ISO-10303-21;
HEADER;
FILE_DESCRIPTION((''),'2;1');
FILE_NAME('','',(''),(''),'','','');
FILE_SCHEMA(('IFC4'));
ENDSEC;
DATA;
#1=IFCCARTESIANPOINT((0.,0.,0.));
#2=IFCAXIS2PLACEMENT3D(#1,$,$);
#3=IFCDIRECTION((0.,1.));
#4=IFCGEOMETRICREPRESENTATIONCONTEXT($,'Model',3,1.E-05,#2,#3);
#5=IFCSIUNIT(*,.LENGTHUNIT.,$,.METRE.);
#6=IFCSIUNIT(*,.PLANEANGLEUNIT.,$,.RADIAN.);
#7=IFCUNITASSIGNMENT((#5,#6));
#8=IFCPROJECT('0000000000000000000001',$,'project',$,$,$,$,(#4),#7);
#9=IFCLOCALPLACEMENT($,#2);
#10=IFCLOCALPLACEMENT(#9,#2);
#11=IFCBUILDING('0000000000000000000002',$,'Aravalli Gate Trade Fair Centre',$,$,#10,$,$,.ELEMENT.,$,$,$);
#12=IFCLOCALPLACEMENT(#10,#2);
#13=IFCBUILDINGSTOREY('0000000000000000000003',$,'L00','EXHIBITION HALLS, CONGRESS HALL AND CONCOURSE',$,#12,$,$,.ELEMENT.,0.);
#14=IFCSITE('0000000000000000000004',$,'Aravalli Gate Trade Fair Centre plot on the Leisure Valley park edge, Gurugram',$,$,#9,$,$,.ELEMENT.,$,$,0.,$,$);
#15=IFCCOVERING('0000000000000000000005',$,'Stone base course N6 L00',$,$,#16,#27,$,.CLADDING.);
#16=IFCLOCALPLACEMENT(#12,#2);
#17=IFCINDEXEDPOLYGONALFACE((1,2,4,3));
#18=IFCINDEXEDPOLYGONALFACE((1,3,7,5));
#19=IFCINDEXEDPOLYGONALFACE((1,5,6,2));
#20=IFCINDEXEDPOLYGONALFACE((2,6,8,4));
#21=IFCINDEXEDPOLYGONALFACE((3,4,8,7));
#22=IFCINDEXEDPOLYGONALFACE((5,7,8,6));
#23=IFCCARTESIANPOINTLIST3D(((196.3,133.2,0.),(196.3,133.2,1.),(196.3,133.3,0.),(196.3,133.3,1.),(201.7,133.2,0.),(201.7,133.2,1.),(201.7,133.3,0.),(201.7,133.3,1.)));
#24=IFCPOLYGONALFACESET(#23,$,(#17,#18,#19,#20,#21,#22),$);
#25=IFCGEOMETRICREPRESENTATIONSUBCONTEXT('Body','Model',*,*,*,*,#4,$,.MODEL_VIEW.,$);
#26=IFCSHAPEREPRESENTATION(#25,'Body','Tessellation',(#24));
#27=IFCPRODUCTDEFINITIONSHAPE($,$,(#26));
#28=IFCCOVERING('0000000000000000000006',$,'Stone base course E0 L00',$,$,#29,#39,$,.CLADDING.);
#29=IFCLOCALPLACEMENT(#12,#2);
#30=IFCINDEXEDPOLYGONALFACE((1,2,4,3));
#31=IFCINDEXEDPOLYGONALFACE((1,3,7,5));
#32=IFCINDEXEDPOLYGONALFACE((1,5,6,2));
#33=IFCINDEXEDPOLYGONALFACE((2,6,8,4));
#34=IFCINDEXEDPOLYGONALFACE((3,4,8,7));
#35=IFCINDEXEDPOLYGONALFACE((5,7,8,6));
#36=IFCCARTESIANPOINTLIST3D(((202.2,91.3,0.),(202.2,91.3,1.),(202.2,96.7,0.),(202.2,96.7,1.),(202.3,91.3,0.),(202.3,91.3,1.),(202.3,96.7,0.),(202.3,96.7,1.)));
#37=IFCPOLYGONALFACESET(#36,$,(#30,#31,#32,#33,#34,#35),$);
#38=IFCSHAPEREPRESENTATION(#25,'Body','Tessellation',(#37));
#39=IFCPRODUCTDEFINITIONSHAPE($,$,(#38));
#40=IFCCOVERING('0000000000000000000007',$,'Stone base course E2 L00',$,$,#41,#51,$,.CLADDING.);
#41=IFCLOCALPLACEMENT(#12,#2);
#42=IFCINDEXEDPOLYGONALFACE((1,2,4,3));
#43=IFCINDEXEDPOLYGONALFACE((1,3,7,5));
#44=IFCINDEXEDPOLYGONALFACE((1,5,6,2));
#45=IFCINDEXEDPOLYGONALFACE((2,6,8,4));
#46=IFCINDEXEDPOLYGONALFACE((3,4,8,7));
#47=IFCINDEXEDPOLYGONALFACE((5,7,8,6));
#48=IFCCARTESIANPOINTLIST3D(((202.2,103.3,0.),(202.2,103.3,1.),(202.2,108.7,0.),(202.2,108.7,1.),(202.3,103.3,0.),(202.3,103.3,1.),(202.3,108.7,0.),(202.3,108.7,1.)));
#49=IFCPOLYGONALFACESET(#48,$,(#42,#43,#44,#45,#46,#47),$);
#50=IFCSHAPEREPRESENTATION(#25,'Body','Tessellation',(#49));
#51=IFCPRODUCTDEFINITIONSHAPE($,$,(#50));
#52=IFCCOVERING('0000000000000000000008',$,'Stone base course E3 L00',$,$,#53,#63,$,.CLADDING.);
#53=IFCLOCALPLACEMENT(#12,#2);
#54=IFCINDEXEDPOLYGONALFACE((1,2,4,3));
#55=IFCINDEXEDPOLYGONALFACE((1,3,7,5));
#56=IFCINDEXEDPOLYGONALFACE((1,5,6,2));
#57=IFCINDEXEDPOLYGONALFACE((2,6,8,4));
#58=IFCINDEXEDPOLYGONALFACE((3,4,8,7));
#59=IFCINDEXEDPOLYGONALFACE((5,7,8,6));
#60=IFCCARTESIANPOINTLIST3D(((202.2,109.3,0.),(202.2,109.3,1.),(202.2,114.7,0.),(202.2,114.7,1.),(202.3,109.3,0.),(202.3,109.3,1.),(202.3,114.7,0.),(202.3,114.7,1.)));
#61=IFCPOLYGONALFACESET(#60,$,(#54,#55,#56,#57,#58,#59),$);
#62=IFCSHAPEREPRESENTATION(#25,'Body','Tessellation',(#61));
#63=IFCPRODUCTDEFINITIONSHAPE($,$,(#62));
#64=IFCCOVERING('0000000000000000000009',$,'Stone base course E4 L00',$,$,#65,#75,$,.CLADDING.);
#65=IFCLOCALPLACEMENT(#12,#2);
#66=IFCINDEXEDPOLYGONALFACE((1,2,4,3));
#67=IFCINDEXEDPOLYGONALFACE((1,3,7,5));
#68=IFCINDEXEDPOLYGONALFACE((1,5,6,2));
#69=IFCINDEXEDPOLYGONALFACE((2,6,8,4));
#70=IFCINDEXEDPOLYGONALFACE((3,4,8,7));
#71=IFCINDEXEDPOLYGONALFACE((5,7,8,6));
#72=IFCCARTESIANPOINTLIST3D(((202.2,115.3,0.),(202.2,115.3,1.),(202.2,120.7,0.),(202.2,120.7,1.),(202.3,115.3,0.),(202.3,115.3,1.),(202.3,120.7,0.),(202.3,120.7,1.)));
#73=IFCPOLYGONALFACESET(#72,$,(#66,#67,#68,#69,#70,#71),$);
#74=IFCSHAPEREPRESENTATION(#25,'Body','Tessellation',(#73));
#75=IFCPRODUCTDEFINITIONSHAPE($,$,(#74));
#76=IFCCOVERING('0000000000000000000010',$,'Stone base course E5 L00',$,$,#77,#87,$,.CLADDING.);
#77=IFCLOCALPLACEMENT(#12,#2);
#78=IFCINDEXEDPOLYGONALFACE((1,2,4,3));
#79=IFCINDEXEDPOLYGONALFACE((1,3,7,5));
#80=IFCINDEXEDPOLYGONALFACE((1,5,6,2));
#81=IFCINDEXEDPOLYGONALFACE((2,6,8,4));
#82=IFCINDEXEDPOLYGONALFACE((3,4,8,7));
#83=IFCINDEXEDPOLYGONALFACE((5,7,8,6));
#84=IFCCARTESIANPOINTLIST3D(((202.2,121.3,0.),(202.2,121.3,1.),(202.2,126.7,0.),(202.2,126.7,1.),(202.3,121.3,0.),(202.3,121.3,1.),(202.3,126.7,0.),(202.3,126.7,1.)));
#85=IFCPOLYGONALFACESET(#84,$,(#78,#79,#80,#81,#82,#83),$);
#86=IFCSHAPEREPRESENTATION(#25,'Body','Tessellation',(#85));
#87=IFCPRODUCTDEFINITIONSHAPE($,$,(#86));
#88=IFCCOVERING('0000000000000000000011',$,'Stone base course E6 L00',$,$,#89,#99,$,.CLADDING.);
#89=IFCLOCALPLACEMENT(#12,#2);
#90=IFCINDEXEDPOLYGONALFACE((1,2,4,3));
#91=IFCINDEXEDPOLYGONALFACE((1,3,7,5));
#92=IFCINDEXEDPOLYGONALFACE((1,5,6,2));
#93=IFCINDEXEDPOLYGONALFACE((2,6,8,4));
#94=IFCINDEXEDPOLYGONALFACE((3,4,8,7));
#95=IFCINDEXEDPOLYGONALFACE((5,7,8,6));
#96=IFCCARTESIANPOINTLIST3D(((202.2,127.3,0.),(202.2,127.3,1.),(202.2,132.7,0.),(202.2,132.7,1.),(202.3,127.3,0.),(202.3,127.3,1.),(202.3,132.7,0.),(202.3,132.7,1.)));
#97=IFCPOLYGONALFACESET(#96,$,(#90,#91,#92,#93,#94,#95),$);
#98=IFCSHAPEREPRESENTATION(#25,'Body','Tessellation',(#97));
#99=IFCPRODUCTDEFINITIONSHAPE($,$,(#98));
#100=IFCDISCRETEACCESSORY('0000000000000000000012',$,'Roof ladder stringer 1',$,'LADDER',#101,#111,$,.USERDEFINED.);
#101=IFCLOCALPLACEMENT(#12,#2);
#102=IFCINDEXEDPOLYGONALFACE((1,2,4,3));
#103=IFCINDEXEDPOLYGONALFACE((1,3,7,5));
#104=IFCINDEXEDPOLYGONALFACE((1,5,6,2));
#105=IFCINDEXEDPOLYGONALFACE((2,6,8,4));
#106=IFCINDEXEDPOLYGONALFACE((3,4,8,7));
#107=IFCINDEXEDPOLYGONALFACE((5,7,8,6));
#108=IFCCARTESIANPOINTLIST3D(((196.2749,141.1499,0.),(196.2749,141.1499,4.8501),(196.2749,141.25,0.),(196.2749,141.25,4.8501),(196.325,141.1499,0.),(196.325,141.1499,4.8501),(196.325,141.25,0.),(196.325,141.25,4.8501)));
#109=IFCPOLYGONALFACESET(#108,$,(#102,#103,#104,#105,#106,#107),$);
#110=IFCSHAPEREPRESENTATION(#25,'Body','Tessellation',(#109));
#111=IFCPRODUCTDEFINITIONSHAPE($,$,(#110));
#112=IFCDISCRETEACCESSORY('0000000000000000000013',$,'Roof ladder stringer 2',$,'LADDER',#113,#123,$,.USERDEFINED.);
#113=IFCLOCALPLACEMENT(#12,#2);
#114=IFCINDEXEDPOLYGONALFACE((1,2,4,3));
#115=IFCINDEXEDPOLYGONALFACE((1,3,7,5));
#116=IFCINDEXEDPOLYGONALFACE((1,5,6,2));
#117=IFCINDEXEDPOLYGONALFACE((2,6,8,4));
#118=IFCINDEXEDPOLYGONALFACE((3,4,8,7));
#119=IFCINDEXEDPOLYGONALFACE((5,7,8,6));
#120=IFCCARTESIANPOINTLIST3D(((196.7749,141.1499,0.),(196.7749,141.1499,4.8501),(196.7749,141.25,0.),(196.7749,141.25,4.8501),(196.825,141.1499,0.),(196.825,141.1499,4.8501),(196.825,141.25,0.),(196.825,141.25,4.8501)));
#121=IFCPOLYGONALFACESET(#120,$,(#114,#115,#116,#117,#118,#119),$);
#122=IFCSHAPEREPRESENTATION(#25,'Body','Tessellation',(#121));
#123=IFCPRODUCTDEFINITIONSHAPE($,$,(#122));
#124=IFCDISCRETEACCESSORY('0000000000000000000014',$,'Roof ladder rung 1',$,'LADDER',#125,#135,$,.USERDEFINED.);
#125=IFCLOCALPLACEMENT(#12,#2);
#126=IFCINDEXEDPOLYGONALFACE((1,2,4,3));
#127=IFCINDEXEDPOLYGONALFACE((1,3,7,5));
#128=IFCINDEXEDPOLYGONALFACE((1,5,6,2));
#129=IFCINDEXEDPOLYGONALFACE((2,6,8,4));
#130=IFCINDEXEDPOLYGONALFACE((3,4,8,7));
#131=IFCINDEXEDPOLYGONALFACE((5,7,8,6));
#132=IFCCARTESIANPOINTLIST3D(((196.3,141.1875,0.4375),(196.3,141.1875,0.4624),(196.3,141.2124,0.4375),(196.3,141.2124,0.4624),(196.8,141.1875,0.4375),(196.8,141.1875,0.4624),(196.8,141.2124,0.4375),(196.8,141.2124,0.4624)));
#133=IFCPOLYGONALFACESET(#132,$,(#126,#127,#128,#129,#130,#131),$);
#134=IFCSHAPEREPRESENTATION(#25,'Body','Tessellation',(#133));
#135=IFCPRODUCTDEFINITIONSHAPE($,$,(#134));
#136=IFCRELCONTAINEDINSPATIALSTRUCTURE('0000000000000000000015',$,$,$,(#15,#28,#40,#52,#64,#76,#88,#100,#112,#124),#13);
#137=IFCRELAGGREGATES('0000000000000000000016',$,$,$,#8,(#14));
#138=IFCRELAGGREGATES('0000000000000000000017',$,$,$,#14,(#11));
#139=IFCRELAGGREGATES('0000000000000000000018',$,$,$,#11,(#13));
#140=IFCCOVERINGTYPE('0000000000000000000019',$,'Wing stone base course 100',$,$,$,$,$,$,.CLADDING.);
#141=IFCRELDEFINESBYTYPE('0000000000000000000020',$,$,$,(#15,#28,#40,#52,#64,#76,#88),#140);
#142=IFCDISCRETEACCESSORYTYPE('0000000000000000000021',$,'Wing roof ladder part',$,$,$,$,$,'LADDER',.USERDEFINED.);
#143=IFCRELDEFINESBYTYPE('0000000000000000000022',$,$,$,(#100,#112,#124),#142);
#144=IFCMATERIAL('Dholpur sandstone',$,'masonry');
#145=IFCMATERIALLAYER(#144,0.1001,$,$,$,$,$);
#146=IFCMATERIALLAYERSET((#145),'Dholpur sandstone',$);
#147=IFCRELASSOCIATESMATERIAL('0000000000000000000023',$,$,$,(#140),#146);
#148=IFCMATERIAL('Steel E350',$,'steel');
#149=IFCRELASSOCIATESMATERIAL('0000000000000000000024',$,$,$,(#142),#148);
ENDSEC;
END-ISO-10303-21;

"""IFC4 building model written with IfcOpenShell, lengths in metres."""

from ifc_helpers import new_model, si_unit, direction, frame, origin, place, context, subcontext, project, spatial, polyline, outline, extrude, material, layer, layer_set, type_object, element, save


model = new_model("IFC4")

# Units and contexts
model_context = context("Model", 3, precision=1e-05, world=origin(), true_north=direction((0.0, 1.0)))
body_context = subcontext(model_context, "Body", "Model", "MODEL_VIEW")
ifc_project = project(units=[si_unit("LENGTHUNIT", "METRE"), si_unit("PLANEANGLEUNIT", "RADIAN")], contexts=[model_context])

# Site, building, storey
site_placement = place(None, origin())
site = spatial("IfcSite", under=ifc_project, at=site_placement, Name="Aravalli Gate Trade Fair Centre plot on the Leisure Valley park edge, Gurugram", CompositionType="ELEMENT", RefElevation=0.0)
building_placement = place(site_placement, origin())
building = spatial("IfcBuilding", under=site, at=building_placement, Name="Aravalli Gate Trade Fair Centre", CompositionType="ELEMENT")
storey_placement = place(building_placement, origin())
storey = spatial("IfcBuildingStorey", under=building, at=storey_placement, Name="L00", Description="EXHIBITION HALLS, CONGRESS HALL AND CONCOURSE", CompositionType="ELEMENT", Elevation=0.0)

# Shared definitions
ifc_material_1 = material(Name="Steel E350", Category="steel")

# Coverings
ifc_material_2 = material(Name="Dholpur sandstone", Category="masonry")
ifc_layer_1 = layer(ifc_material_2, 0.1001)
ifc_layer_set_1 = layer_set([ifc_layer_1], Name="Dholpur sandstone")
covering_type_1 = type_object("IfcCoveringType", Name="Wing stone base course 100", PredefinedType="CLADDING", material=ifc_layer_set_1)
covering_1_placement = place(storey_placement, origin())
element("IfcCovering", 1, at=covering_1_placement, inside=storey, type_object=covering_type_1, Name="Stone base course N6 L00", PredefinedType="CLADDING", context=body_context, shape_type="SweptSolid", body=[
    extrude(outline(polyline([(196.3, 133.2), (201.7, 133.2), (201.7, 133.3), (196.3, 133.3), (196.3, 133.2)])), origin(), (0.0, 0.0, 1.0), 1.0),
])
covering_2_placement = place(storey_placement, origin())
element("IfcCovering", 2, at=covering_2_placement, inside=storey, type_object=covering_type_1, Name="Stone base course E0 L00", PredefinedType="CLADDING", context=body_context, shape_type="SweptSolid", body=[
    extrude(outline(polyline([(202.2, 91.3), (202.3, 91.3), (202.3, 96.7), (202.2, 96.7), (202.2, 91.3)])), origin(), (0.0, 0.0, 1.0), 1.0),
])
covering_3_placement = place(storey_placement, origin())
element("IfcCovering", 3, at=covering_3_placement, inside=storey, type_object=covering_type_1, Name="Stone base course E2 L00", PredefinedType="CLADDING", context=body_context, shape_type="SweptSolid", body=[
    extrude(outline(polyline([(202.2, 103.3), (202.3, 103.3), (202.3, 108.7), (202.2, 108.7), (202.2, 103.3)])), origin(), (0.0, 0.0, 1.0), 1.0),
])
covering_4_placement = place(storey_placement, origin())
element("IfcCovering", 4, at=covering_4_placement, inside=storey, type_object=covering_type_1, Name="Stone base course E3 L00", PredefinedType="CLADDING", context=body_context, shape_type="SweptSolid", body=[
    extrude(outline(polyline([(202.2, 109.3), (202.3, 109.3), (202.3, 114.7), (202.2, 114.7), (202.2, 109.3)])), origin(), (0.0, 0.0, 1.0), 1.0),
])
covering_5_placement = place(storey_placement, origin())
element("IfcCovering", 5, at=covering_5_placement, inside=storey, type_object=covering_type_1, Name="Stone base course E4 L00", PredefinedType="CLADDING", context=body_context, shape_type="SweptSolid", body=[
    extrude(outline(polyline([(202.2, 115.3), (202.3, 115.3), (202.3, 120.7), (202.2, 120.7), (202.2, 115.3)])), origin(), (0.0, 0.0, 1.0), 1.0),
])
covering_6_placement = place(storey_placement, origin())
element("IfcCovering", 6, at=covering_6_placement, inside=storey, type_object=covering_type_1, Name="Stone base course E5 L00", PredefinedType="CLADDING", context=body_context, shape_type="SweptSolid", body=[
    extrude(outline(polyline([(202.2, 121.3), (202.3, 121.3), (202.3, 126.7), (202.2, 126.7), (202.2, 121.3)])), origin(), (0.0, 0.0, 1.0), 1.0),
])
covering_7_placement = place(storey_placement, origin())
element("IfcCovering", 7, at=covering_7_placement, inside=storey, type_object=covering_type_1, Name="Stone base course E6 L00", PredefinedType="CLADDING", context=body_context, shape_type="SweptSolid", body=[
    extrude(outline(polyline([(202.2, 127.3), (202.3, 127.3), (202.3, 132.7), (202.2, 132.7), (202.2, 127.3)])), origin(), (0.0, 0.0, 1.0), 1.0),
])

# Discrete accessories
discrete_accessory_type = type_object("IfcDiscreteAccessoryType", Name="Wing roof ladder part", ElementType="LADDER", PredefinedType="USERDEFINED", material=ifc_material_1)
discrete_accessory_1_placement = place(storey_placement, origin())
element("IfcDiscreteAccessory", 8, at=discrete_accessory_1_placement, inside=storey, type_object=discrete_accessory_type, Name="Roof ladder stringer 1", ObjectType="LADDER", PredefinedType="USERDEFINED", context=body_context, shape_type="SweptSolid", body=[
    extrude(outline(polyline([(196.2749, 141.1499), (196.325, 141.1499), (196.325, 141.25), (196.2749, 141.25), (196.2749, 141.1499)])), origin(), (0.0, 0.0, 1.0), 4.8501),
])
discrete_accessory_2_placement = place(storey_placement, origin())
element("IfcDiscreteAccessory", 9, at=discrete_accessory_2_placement, inside=storey, type_object=discrete_accessory_type, Name="Roof ladder stringer 2", ObjectType="LADDER", PredefinedType="USERDEFINED", context=body_context, shape_type="SweptSolid", body=[
    extrude(outline(polyline([(196.7749, 141.1499), (196.825, 141.1499), (196.825, 141.25), (196.7749, 141.25), (196.7749, 141.1499)])), origin(), (0.0, 0.0, 1.0), 4.8501),
])
discrete_accessory_3_placement = place(storey_placement, frame((0.0, 0.0, 0.4375)))
element("IfcDiscreteAccessory", 10, at=discrete_accessory_3_placement, inside=storey, type_object=discrete_accessory_type, Name="Roof ladder rung 1", ObjectType="LADDER", PredefinedType="USERDEFINED", context=body_context, shape_type="SweptSolid", body=[
    extrude(outline(polyline([(196.3, 141.1875), (196.8, 141.1875), (196.8, 141.2124), (196.3, 141.2124), (196.3, 141.1875)])), origin(), (0.0, 0.0, 1.0), 0.0249),
])

save(model, "model.ifc")
